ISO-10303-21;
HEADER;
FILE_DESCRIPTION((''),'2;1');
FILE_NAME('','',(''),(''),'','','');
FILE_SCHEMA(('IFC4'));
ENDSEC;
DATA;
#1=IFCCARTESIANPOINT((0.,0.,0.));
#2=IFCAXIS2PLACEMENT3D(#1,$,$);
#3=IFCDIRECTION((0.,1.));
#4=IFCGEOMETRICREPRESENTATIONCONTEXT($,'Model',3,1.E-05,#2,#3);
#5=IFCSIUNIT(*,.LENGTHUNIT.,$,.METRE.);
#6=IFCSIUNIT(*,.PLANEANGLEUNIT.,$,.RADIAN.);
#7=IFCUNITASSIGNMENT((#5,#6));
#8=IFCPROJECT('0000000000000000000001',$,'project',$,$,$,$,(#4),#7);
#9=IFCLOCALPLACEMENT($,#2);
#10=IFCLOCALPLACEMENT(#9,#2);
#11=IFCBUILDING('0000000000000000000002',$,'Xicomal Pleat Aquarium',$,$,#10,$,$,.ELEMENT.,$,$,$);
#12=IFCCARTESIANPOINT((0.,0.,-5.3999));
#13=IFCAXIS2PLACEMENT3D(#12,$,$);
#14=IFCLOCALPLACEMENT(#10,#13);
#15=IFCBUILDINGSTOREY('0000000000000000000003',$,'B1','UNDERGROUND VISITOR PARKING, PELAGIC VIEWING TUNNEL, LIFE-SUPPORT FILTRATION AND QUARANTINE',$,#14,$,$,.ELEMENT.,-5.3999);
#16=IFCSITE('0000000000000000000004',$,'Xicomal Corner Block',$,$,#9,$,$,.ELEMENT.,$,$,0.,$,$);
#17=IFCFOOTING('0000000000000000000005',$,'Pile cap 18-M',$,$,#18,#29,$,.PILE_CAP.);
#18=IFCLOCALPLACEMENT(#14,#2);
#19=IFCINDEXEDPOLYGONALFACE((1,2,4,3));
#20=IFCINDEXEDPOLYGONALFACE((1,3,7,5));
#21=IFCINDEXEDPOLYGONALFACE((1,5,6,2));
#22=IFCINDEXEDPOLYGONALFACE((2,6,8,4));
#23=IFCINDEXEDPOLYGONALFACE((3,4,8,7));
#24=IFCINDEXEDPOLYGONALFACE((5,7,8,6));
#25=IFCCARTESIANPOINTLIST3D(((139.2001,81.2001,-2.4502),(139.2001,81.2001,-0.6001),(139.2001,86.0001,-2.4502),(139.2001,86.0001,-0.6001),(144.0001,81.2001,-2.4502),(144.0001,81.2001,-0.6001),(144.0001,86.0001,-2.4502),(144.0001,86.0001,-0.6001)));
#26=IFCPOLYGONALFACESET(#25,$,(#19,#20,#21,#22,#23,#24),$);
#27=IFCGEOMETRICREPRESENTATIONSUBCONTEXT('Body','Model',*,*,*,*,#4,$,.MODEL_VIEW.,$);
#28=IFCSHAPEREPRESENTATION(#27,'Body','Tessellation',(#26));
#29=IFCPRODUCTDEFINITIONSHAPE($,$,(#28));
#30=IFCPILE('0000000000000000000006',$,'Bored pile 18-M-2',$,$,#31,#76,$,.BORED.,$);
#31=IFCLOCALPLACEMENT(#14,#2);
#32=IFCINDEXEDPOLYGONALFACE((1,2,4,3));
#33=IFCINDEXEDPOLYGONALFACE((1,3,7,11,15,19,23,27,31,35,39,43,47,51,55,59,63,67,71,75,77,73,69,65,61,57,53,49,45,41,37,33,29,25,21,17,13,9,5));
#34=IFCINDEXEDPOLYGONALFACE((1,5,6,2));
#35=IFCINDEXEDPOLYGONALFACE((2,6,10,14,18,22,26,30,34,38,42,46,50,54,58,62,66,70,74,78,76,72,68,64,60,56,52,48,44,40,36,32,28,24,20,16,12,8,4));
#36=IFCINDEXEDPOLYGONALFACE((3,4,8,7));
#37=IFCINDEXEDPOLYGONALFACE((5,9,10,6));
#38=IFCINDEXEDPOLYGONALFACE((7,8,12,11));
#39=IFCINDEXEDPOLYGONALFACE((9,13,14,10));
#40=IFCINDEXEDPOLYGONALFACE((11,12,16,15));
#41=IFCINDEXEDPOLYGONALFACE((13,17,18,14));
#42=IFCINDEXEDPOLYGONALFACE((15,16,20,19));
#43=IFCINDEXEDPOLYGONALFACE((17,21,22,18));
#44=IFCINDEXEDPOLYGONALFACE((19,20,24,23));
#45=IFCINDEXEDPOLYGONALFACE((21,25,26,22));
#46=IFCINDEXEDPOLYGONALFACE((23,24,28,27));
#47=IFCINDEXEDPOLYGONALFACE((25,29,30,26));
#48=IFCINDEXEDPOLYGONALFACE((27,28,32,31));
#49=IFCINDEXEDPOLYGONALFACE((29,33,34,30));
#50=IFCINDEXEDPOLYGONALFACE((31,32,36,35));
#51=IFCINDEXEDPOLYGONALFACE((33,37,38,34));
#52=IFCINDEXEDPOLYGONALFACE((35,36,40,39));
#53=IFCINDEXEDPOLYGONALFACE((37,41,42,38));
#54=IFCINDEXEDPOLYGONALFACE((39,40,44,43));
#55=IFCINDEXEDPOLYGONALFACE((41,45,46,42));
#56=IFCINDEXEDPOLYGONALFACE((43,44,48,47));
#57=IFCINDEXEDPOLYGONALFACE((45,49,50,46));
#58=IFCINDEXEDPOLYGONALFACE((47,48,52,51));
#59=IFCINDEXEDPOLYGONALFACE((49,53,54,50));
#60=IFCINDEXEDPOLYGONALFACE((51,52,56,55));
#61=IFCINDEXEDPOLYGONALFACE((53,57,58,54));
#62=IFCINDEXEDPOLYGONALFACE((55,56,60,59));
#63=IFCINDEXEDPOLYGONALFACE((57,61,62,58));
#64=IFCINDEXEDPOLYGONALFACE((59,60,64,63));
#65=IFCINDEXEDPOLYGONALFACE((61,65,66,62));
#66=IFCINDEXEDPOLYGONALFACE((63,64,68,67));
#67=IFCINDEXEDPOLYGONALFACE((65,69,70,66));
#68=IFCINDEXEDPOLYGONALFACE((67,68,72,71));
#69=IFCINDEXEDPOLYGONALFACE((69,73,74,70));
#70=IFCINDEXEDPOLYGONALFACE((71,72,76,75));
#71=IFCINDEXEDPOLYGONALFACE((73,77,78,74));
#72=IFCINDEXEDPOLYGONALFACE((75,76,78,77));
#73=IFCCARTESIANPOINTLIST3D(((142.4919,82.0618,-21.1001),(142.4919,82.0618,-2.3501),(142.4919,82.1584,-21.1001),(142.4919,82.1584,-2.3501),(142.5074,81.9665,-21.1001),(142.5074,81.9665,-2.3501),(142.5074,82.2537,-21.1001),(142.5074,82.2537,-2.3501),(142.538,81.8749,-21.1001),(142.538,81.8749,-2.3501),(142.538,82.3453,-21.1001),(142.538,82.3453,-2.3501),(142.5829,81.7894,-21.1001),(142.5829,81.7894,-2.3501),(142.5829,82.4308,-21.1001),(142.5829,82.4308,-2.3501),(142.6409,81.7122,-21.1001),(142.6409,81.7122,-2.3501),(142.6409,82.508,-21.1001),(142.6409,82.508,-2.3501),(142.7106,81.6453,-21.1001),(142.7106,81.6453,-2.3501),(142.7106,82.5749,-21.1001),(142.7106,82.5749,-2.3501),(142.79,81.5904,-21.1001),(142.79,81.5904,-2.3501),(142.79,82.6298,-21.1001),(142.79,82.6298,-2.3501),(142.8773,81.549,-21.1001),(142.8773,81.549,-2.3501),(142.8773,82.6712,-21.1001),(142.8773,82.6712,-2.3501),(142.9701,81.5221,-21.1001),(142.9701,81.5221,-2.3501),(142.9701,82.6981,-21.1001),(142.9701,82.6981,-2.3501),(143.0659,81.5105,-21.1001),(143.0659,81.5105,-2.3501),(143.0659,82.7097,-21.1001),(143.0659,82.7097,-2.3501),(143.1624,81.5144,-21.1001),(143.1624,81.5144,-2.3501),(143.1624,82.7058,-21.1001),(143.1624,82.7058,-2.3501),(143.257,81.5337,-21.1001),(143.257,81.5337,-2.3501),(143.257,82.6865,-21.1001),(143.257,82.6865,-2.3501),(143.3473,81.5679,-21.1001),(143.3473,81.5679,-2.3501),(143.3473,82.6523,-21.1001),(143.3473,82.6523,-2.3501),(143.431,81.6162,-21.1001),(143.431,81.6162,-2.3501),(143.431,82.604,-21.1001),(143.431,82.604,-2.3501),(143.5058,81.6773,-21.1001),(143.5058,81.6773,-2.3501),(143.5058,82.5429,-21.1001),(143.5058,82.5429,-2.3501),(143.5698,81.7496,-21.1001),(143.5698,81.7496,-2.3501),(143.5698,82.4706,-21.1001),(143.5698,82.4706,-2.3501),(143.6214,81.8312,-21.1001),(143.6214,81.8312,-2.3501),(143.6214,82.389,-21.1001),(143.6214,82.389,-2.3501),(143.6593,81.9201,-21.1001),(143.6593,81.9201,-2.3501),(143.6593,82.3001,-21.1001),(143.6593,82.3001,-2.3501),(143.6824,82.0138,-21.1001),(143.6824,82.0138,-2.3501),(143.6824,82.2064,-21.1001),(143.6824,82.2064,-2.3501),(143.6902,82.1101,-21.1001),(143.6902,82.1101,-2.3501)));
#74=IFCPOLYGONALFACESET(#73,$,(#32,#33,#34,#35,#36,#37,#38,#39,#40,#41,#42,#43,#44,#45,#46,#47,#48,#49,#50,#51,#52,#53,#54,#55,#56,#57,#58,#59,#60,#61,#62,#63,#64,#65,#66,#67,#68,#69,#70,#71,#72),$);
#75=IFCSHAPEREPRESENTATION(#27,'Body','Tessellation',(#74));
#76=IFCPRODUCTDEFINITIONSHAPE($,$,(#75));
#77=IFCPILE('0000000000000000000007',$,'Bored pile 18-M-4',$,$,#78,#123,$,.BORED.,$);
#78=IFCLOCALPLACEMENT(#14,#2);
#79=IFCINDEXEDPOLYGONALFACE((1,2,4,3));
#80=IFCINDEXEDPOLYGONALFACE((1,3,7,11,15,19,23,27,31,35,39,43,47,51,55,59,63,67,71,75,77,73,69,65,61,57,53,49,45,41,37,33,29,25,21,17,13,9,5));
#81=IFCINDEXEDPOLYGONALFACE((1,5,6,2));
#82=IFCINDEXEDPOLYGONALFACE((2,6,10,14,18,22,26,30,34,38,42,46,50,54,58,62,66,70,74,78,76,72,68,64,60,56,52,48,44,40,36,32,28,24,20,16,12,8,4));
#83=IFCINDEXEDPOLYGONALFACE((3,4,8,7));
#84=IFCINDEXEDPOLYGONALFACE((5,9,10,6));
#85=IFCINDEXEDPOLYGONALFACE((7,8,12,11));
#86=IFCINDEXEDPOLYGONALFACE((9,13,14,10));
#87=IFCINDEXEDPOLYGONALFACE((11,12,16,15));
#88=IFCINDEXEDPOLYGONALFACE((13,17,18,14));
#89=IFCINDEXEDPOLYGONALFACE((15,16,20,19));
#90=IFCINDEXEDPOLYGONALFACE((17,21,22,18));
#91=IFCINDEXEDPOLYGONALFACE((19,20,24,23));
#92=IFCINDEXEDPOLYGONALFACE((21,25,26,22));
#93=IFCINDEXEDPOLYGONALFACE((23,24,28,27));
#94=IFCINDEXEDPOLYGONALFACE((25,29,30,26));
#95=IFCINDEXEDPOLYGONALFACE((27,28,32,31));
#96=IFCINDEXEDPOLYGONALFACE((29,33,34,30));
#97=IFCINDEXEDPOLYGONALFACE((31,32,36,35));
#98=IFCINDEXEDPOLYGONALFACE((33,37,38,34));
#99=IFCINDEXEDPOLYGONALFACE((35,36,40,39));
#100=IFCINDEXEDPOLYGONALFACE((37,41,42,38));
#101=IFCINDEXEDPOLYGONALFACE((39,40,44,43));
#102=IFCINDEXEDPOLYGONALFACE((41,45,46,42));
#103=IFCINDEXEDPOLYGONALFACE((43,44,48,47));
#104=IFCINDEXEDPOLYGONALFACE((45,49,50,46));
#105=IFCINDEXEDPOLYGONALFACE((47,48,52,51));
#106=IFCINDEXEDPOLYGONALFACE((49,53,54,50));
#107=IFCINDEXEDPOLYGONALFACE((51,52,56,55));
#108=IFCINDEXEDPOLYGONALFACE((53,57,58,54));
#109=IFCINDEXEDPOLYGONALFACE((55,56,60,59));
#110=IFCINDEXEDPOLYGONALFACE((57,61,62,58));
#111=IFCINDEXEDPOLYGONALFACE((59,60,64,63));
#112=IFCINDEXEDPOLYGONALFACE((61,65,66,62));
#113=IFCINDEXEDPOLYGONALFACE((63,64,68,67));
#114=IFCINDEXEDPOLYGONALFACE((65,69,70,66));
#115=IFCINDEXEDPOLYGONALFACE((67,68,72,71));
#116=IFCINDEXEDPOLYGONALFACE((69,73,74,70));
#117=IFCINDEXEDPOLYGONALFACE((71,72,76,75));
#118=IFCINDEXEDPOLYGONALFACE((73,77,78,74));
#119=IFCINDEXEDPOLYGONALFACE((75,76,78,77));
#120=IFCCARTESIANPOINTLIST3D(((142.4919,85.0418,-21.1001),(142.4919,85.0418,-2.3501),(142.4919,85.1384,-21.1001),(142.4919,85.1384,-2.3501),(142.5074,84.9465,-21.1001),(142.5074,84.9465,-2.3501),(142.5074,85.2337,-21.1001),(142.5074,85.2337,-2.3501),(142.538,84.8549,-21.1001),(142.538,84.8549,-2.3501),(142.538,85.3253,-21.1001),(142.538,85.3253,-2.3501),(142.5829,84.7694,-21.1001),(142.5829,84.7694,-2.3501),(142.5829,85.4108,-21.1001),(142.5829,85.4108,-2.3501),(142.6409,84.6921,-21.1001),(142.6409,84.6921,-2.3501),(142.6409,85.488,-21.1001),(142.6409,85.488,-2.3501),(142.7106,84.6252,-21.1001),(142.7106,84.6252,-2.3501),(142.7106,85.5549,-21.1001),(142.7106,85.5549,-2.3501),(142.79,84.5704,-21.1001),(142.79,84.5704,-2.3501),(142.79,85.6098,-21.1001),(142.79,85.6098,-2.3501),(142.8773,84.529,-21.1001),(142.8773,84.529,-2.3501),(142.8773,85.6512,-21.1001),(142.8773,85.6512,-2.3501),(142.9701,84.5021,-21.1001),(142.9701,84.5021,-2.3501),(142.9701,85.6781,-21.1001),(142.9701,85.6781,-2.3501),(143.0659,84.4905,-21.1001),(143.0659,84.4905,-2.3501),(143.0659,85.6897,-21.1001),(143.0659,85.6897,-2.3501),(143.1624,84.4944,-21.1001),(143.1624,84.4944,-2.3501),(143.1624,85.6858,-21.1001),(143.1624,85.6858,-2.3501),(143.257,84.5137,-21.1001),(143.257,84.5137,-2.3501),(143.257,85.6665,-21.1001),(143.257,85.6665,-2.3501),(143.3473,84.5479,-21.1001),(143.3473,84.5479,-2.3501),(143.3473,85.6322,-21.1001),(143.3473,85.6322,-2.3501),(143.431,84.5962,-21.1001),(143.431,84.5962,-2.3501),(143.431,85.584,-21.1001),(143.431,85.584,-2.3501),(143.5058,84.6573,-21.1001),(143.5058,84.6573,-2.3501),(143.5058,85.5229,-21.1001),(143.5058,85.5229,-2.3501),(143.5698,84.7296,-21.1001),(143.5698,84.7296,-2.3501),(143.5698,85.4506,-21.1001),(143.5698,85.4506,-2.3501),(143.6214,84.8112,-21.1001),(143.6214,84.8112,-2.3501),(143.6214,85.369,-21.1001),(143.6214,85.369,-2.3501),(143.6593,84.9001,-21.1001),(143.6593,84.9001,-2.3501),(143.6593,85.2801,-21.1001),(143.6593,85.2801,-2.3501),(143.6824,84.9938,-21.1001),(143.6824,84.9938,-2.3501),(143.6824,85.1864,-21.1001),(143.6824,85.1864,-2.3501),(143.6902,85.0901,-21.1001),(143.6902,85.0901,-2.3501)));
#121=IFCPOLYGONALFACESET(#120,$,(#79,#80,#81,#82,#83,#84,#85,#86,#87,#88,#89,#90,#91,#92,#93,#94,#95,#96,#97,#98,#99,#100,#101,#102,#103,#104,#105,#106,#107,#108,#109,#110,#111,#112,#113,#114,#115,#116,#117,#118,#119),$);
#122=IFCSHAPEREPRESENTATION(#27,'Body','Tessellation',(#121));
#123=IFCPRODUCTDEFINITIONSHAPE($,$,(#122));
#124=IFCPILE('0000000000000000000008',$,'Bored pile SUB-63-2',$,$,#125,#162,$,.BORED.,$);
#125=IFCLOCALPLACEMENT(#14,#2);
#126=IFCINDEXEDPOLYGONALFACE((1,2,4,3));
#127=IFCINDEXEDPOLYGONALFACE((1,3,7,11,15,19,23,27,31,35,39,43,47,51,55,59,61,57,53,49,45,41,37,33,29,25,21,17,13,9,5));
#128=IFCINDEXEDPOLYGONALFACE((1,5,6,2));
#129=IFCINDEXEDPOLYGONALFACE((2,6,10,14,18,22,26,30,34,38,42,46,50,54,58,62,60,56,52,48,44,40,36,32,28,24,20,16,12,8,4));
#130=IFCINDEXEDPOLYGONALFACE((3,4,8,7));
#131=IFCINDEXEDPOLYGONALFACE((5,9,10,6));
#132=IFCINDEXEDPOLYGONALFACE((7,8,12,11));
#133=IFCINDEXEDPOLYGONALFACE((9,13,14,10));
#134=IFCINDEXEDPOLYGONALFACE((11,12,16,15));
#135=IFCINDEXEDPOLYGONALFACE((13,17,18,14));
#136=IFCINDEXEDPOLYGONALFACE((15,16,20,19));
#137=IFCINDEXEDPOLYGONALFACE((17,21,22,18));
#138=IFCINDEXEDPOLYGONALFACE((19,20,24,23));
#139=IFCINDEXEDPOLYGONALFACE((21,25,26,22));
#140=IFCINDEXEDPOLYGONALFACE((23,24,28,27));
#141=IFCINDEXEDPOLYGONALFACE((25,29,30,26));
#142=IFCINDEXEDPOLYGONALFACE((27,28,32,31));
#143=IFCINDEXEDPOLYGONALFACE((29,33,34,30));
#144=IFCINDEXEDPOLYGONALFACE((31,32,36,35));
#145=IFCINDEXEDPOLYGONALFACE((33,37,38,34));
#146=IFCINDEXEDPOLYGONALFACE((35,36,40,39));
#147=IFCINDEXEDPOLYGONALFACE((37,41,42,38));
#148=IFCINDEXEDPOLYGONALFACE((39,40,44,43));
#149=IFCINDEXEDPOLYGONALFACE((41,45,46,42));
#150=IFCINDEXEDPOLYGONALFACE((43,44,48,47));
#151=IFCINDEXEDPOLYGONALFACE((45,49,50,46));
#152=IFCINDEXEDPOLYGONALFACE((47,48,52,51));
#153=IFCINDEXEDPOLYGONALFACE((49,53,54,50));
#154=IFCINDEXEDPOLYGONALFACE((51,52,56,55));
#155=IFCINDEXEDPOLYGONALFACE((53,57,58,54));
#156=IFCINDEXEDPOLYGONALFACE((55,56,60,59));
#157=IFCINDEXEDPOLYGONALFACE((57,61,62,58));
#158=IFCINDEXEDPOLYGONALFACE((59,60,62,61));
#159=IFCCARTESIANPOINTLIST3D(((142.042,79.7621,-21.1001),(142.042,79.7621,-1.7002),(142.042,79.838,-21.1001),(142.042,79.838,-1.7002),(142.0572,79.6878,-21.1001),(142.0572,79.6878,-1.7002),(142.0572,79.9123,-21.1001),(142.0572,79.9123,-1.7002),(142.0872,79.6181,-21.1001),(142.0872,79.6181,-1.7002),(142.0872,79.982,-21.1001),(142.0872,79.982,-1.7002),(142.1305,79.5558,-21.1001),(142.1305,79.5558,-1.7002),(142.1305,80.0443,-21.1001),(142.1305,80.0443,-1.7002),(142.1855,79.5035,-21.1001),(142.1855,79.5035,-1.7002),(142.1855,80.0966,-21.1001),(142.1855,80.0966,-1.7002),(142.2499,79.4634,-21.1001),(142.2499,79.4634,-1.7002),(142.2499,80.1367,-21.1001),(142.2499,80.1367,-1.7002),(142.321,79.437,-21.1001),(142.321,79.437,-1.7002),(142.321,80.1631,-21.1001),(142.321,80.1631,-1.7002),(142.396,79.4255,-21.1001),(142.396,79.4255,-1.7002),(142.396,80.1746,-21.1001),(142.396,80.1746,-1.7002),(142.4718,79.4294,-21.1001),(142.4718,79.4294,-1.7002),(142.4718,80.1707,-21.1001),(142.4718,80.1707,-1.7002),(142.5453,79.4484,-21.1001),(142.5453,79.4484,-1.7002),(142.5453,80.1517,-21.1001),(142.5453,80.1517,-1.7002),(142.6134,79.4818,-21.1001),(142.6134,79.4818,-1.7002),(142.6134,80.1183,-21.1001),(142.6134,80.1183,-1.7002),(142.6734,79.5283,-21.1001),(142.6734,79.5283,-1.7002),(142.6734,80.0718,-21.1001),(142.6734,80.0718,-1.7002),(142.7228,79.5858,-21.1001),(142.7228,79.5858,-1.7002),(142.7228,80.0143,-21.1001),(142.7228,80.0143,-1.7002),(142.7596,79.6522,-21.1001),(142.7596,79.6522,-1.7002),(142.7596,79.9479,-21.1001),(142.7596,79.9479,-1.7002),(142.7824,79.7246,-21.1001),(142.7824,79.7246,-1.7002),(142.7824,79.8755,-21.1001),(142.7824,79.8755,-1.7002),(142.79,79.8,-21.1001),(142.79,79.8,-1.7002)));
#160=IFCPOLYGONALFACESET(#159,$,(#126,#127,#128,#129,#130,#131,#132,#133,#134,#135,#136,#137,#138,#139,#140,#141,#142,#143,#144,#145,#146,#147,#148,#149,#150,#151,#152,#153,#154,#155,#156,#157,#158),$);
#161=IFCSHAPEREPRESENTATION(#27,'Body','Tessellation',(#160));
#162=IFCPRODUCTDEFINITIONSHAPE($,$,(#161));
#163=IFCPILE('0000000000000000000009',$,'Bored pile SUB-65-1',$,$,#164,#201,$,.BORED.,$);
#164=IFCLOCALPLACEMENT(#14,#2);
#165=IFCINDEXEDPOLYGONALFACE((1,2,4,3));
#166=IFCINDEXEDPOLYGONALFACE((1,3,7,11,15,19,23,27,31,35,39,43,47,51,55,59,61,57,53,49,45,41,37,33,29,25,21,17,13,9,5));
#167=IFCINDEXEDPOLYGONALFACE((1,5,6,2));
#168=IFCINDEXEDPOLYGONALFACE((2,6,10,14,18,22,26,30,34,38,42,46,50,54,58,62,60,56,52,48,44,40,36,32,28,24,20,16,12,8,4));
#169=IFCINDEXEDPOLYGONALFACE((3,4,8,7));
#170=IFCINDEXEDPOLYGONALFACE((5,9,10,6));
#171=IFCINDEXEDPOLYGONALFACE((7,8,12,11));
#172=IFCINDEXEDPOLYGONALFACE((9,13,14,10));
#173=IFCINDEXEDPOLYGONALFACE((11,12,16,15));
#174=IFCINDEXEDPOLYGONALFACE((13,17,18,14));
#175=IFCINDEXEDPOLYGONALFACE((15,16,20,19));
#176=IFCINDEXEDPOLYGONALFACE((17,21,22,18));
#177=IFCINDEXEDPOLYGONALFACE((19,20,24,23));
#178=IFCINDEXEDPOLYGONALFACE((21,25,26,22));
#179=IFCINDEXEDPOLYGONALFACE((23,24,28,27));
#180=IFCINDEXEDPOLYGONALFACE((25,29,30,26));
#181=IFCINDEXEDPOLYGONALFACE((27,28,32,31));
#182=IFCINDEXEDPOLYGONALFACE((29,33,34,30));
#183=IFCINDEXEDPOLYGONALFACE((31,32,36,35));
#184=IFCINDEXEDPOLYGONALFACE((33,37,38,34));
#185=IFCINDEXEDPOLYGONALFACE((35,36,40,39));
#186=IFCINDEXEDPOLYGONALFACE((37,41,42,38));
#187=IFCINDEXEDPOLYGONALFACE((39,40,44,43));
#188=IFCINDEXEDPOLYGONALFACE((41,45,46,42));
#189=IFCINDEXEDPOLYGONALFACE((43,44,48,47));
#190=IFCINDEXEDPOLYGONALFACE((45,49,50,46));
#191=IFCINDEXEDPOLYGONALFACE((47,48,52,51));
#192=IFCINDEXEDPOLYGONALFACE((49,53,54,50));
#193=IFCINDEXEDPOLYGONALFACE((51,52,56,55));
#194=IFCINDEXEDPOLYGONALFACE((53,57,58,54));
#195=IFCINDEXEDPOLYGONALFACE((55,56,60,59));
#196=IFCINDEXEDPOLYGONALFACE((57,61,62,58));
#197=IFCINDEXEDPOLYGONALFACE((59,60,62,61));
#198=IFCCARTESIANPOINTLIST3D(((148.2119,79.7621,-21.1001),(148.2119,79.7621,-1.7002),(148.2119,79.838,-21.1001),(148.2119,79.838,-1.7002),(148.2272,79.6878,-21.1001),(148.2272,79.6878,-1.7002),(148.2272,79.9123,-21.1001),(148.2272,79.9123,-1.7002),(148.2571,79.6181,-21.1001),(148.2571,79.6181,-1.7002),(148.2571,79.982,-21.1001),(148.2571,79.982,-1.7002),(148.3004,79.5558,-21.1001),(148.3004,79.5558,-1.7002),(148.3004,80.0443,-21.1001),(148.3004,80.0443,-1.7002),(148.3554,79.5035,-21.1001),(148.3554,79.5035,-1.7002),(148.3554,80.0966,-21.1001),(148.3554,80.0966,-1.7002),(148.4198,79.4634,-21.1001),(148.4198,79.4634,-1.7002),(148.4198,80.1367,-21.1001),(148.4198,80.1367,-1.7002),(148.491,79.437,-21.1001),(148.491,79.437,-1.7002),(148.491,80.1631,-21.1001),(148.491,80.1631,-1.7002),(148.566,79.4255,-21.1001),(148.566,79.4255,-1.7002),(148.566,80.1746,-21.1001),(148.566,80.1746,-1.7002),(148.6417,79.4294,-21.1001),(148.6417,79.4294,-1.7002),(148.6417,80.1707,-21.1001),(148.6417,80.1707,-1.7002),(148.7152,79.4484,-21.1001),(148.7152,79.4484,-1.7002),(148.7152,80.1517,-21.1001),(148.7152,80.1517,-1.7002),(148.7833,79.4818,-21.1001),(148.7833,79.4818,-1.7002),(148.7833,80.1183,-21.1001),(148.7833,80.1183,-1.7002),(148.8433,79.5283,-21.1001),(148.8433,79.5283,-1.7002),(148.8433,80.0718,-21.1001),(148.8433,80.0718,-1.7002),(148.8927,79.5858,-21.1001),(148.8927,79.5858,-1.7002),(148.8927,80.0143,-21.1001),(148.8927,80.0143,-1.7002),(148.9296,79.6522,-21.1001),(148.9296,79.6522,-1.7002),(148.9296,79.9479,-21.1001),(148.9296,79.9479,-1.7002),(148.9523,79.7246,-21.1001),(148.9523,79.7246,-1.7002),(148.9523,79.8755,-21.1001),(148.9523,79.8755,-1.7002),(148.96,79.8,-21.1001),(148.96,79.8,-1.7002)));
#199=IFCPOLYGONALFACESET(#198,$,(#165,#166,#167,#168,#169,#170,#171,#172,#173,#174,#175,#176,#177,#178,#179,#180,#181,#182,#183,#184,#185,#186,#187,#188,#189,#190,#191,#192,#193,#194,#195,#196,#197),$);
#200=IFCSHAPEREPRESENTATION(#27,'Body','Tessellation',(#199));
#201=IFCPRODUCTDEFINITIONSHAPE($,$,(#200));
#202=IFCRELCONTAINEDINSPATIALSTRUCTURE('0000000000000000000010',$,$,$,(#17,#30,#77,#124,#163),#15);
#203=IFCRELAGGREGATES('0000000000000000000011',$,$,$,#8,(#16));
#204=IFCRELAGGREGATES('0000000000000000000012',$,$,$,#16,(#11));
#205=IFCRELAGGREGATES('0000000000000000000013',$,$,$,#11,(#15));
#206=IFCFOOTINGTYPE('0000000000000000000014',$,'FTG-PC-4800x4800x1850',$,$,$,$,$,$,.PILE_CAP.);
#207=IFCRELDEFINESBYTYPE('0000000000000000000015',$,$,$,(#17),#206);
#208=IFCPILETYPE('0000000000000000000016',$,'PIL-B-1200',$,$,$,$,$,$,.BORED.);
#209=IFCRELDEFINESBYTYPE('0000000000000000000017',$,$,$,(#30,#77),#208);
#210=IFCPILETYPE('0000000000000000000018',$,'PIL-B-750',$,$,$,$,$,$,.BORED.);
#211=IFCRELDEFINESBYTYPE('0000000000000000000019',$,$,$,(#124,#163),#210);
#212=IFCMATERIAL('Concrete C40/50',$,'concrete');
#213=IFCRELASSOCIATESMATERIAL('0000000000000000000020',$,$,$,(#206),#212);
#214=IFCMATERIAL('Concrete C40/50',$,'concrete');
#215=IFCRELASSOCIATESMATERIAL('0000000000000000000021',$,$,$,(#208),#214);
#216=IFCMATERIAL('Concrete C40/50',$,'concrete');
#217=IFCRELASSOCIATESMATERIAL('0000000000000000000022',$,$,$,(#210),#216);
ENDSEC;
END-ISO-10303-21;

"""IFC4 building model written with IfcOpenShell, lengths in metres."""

from ifc_helpers import new_model, si_unit, direction, frame, origin, origin_2d, place, context, subcontext, project, spatial, rectangle, circle, extrude, material, material_profile, profile_set, type_object, element, save


model = new_model("IFC4")

# Units and contexts
model_context = context("Model", 3, precision=1e-05, world=origin(), true_north=direction((0.0, 1.0)))
body_context = subcontext(model_context, "Body", "Model", "MODEL_VIEW")
ifc_project = project(units=[si_unit("LENGTHUNIT", "METRE"), si_unit("PLANEANGLEUNIT", "RADIAN")], contexts=[model_context])

# Site, building, storey
site_placement = place(None, origin())
site = spatial("IfcSite", under=ifc_project, at=site_placement, Name="Xicomal Corner Block", CompositionType="ELEMENT", RefElevation=0.0)
building_placement = place(site_placement, origin())
building = spatial("IfcBuilding", under=site, at=building_placement, Name="Xicomal Pleat Aquarium", CompositionType="ELEMENT")
storey_placement = place(building_placement, frame((0.0, 0.0, -5.3999)))
storey = spatial("IfcBuildingStorey", under=building, at=storey_placement, Name="B1", Description="UNDERGROUND VISITOR PARKING, PELAGIC VIEWING TUNNEL, LIFE-SUPPORT FILTRATION AND QUARANTINE", CompositionType="ELEMENT", Elevation=-5.3999)

# Footing
ifc_material_1 = material(Name="Concrete C40/50", Category="concrete")
footing_type = type_object("IfcFootingType", Name="FTG-PC-4800x4800x1850", PredefinedType="PILE_CAP", material=ifc_material_1)
footing_placement = place(storey_placement, frame((141.6001, 83.6001, -2.4502), z_axis=(0.0, 0.0, 1.0), x_axis=(1.0, 0.0, 0.0)))
element("IfcFooting", 1, at=footing_placement, inside=storey, type_object=footing_type, Name="Pile cap 18-M", PredefinedType="PILE_CAP", context=body_context, shape_type="SweptSolid", body=[
    extrude(rectangle(XDim=4.8, YDim=4.8, at=origin_2d()), origin(), (0.0, 0.0, 1.0), 1.8501),
])

# Piles
ifc_material_2 = material(Name="Concrete C40/50", Category="concrete")
ifc_material_profile_1 = material_profile(ifc_material_2, circle(Radius=0.6001, at=origin_2d()), Name="BORED PILE D1200")
ifc_profile_set_1 = profile_set([ifc_material_profile_1], Name="Concrete C40/50")
pile_type_1 = type_object("IfcPileType", Name="PIL-B-1200", PredefinedType="BORED", material=ifc_profile_set_1)
for number, where, z_axis, x_axis, name in (
    (2, (143.0901, 82.1101, -2.3501), (0.0, 0.0, -1.0), (1.0, 0.0, 0.0), "Bored pile 18-M-2"),
    (3, (143.0901, 85.0901, -2.3501), (0.0, 0.0, -1.0), (1.0, 0.0, 0.0), "Bored pile 18-M-4"),
):
    element("IfcPile", number, at=place(storey_placement, frame(where, z_axis=z_axis, x_axis=x_axis)), inside=storey, type_object=pile_type_1, Name=name, PredefinedType="BORED", context=body_context, shape_type="SweptSolid", body=[
        extrude(circle(Radius=0.6001, at=origin_2d()), origin(), (0.0, 0.0, 1.0), 18.75),
    ])
ifc_material_3 = material(Name="Concrete C40/50", Category="concrete")
ifc_material_profile_2 = material_profile(ifc_material_3, circle(Radius=0.375, at=origin_2d()), Name="BORED PILE D750")
ifc_profile_set_2 = profile_set([ifc_material_profile_2], Name="Concrete C40/50")
pile_type_2 = type_object("IfcPileType", Name="PIL-B-750", PredefinedType="BORED", material=ifc_profile_set_2)
for number, where, z_axis, x_axis, name in (
    (4, (142.415, 79.8, -1.7002), (0.0, 0.0, -1.0), (1.0, 0.0, 0.0), "Bored pile SUB-63-2"),
    (5, (148.585, 79.8, -1.7002), (0.0, 0.0, -1.0), (1.0, 0.0, 0.0), "Bored pile SUB-65-1"),
):
    element("IfcPile", number, at=place(storey_placement, frame(where, z_axis=z_axis, x_axis=x_axis)), inside=storey, type_object=pile_type_2, Name=name, PredefinedType="BORED", context=body_context, shape_type="SweptSolid", body=[
        extrude(circle(Radius=0.375, at=origin_2d()), origin(), (0.0, 0.0, 1.0), 19.3999),
    ])

save(model, "model.ifc")
